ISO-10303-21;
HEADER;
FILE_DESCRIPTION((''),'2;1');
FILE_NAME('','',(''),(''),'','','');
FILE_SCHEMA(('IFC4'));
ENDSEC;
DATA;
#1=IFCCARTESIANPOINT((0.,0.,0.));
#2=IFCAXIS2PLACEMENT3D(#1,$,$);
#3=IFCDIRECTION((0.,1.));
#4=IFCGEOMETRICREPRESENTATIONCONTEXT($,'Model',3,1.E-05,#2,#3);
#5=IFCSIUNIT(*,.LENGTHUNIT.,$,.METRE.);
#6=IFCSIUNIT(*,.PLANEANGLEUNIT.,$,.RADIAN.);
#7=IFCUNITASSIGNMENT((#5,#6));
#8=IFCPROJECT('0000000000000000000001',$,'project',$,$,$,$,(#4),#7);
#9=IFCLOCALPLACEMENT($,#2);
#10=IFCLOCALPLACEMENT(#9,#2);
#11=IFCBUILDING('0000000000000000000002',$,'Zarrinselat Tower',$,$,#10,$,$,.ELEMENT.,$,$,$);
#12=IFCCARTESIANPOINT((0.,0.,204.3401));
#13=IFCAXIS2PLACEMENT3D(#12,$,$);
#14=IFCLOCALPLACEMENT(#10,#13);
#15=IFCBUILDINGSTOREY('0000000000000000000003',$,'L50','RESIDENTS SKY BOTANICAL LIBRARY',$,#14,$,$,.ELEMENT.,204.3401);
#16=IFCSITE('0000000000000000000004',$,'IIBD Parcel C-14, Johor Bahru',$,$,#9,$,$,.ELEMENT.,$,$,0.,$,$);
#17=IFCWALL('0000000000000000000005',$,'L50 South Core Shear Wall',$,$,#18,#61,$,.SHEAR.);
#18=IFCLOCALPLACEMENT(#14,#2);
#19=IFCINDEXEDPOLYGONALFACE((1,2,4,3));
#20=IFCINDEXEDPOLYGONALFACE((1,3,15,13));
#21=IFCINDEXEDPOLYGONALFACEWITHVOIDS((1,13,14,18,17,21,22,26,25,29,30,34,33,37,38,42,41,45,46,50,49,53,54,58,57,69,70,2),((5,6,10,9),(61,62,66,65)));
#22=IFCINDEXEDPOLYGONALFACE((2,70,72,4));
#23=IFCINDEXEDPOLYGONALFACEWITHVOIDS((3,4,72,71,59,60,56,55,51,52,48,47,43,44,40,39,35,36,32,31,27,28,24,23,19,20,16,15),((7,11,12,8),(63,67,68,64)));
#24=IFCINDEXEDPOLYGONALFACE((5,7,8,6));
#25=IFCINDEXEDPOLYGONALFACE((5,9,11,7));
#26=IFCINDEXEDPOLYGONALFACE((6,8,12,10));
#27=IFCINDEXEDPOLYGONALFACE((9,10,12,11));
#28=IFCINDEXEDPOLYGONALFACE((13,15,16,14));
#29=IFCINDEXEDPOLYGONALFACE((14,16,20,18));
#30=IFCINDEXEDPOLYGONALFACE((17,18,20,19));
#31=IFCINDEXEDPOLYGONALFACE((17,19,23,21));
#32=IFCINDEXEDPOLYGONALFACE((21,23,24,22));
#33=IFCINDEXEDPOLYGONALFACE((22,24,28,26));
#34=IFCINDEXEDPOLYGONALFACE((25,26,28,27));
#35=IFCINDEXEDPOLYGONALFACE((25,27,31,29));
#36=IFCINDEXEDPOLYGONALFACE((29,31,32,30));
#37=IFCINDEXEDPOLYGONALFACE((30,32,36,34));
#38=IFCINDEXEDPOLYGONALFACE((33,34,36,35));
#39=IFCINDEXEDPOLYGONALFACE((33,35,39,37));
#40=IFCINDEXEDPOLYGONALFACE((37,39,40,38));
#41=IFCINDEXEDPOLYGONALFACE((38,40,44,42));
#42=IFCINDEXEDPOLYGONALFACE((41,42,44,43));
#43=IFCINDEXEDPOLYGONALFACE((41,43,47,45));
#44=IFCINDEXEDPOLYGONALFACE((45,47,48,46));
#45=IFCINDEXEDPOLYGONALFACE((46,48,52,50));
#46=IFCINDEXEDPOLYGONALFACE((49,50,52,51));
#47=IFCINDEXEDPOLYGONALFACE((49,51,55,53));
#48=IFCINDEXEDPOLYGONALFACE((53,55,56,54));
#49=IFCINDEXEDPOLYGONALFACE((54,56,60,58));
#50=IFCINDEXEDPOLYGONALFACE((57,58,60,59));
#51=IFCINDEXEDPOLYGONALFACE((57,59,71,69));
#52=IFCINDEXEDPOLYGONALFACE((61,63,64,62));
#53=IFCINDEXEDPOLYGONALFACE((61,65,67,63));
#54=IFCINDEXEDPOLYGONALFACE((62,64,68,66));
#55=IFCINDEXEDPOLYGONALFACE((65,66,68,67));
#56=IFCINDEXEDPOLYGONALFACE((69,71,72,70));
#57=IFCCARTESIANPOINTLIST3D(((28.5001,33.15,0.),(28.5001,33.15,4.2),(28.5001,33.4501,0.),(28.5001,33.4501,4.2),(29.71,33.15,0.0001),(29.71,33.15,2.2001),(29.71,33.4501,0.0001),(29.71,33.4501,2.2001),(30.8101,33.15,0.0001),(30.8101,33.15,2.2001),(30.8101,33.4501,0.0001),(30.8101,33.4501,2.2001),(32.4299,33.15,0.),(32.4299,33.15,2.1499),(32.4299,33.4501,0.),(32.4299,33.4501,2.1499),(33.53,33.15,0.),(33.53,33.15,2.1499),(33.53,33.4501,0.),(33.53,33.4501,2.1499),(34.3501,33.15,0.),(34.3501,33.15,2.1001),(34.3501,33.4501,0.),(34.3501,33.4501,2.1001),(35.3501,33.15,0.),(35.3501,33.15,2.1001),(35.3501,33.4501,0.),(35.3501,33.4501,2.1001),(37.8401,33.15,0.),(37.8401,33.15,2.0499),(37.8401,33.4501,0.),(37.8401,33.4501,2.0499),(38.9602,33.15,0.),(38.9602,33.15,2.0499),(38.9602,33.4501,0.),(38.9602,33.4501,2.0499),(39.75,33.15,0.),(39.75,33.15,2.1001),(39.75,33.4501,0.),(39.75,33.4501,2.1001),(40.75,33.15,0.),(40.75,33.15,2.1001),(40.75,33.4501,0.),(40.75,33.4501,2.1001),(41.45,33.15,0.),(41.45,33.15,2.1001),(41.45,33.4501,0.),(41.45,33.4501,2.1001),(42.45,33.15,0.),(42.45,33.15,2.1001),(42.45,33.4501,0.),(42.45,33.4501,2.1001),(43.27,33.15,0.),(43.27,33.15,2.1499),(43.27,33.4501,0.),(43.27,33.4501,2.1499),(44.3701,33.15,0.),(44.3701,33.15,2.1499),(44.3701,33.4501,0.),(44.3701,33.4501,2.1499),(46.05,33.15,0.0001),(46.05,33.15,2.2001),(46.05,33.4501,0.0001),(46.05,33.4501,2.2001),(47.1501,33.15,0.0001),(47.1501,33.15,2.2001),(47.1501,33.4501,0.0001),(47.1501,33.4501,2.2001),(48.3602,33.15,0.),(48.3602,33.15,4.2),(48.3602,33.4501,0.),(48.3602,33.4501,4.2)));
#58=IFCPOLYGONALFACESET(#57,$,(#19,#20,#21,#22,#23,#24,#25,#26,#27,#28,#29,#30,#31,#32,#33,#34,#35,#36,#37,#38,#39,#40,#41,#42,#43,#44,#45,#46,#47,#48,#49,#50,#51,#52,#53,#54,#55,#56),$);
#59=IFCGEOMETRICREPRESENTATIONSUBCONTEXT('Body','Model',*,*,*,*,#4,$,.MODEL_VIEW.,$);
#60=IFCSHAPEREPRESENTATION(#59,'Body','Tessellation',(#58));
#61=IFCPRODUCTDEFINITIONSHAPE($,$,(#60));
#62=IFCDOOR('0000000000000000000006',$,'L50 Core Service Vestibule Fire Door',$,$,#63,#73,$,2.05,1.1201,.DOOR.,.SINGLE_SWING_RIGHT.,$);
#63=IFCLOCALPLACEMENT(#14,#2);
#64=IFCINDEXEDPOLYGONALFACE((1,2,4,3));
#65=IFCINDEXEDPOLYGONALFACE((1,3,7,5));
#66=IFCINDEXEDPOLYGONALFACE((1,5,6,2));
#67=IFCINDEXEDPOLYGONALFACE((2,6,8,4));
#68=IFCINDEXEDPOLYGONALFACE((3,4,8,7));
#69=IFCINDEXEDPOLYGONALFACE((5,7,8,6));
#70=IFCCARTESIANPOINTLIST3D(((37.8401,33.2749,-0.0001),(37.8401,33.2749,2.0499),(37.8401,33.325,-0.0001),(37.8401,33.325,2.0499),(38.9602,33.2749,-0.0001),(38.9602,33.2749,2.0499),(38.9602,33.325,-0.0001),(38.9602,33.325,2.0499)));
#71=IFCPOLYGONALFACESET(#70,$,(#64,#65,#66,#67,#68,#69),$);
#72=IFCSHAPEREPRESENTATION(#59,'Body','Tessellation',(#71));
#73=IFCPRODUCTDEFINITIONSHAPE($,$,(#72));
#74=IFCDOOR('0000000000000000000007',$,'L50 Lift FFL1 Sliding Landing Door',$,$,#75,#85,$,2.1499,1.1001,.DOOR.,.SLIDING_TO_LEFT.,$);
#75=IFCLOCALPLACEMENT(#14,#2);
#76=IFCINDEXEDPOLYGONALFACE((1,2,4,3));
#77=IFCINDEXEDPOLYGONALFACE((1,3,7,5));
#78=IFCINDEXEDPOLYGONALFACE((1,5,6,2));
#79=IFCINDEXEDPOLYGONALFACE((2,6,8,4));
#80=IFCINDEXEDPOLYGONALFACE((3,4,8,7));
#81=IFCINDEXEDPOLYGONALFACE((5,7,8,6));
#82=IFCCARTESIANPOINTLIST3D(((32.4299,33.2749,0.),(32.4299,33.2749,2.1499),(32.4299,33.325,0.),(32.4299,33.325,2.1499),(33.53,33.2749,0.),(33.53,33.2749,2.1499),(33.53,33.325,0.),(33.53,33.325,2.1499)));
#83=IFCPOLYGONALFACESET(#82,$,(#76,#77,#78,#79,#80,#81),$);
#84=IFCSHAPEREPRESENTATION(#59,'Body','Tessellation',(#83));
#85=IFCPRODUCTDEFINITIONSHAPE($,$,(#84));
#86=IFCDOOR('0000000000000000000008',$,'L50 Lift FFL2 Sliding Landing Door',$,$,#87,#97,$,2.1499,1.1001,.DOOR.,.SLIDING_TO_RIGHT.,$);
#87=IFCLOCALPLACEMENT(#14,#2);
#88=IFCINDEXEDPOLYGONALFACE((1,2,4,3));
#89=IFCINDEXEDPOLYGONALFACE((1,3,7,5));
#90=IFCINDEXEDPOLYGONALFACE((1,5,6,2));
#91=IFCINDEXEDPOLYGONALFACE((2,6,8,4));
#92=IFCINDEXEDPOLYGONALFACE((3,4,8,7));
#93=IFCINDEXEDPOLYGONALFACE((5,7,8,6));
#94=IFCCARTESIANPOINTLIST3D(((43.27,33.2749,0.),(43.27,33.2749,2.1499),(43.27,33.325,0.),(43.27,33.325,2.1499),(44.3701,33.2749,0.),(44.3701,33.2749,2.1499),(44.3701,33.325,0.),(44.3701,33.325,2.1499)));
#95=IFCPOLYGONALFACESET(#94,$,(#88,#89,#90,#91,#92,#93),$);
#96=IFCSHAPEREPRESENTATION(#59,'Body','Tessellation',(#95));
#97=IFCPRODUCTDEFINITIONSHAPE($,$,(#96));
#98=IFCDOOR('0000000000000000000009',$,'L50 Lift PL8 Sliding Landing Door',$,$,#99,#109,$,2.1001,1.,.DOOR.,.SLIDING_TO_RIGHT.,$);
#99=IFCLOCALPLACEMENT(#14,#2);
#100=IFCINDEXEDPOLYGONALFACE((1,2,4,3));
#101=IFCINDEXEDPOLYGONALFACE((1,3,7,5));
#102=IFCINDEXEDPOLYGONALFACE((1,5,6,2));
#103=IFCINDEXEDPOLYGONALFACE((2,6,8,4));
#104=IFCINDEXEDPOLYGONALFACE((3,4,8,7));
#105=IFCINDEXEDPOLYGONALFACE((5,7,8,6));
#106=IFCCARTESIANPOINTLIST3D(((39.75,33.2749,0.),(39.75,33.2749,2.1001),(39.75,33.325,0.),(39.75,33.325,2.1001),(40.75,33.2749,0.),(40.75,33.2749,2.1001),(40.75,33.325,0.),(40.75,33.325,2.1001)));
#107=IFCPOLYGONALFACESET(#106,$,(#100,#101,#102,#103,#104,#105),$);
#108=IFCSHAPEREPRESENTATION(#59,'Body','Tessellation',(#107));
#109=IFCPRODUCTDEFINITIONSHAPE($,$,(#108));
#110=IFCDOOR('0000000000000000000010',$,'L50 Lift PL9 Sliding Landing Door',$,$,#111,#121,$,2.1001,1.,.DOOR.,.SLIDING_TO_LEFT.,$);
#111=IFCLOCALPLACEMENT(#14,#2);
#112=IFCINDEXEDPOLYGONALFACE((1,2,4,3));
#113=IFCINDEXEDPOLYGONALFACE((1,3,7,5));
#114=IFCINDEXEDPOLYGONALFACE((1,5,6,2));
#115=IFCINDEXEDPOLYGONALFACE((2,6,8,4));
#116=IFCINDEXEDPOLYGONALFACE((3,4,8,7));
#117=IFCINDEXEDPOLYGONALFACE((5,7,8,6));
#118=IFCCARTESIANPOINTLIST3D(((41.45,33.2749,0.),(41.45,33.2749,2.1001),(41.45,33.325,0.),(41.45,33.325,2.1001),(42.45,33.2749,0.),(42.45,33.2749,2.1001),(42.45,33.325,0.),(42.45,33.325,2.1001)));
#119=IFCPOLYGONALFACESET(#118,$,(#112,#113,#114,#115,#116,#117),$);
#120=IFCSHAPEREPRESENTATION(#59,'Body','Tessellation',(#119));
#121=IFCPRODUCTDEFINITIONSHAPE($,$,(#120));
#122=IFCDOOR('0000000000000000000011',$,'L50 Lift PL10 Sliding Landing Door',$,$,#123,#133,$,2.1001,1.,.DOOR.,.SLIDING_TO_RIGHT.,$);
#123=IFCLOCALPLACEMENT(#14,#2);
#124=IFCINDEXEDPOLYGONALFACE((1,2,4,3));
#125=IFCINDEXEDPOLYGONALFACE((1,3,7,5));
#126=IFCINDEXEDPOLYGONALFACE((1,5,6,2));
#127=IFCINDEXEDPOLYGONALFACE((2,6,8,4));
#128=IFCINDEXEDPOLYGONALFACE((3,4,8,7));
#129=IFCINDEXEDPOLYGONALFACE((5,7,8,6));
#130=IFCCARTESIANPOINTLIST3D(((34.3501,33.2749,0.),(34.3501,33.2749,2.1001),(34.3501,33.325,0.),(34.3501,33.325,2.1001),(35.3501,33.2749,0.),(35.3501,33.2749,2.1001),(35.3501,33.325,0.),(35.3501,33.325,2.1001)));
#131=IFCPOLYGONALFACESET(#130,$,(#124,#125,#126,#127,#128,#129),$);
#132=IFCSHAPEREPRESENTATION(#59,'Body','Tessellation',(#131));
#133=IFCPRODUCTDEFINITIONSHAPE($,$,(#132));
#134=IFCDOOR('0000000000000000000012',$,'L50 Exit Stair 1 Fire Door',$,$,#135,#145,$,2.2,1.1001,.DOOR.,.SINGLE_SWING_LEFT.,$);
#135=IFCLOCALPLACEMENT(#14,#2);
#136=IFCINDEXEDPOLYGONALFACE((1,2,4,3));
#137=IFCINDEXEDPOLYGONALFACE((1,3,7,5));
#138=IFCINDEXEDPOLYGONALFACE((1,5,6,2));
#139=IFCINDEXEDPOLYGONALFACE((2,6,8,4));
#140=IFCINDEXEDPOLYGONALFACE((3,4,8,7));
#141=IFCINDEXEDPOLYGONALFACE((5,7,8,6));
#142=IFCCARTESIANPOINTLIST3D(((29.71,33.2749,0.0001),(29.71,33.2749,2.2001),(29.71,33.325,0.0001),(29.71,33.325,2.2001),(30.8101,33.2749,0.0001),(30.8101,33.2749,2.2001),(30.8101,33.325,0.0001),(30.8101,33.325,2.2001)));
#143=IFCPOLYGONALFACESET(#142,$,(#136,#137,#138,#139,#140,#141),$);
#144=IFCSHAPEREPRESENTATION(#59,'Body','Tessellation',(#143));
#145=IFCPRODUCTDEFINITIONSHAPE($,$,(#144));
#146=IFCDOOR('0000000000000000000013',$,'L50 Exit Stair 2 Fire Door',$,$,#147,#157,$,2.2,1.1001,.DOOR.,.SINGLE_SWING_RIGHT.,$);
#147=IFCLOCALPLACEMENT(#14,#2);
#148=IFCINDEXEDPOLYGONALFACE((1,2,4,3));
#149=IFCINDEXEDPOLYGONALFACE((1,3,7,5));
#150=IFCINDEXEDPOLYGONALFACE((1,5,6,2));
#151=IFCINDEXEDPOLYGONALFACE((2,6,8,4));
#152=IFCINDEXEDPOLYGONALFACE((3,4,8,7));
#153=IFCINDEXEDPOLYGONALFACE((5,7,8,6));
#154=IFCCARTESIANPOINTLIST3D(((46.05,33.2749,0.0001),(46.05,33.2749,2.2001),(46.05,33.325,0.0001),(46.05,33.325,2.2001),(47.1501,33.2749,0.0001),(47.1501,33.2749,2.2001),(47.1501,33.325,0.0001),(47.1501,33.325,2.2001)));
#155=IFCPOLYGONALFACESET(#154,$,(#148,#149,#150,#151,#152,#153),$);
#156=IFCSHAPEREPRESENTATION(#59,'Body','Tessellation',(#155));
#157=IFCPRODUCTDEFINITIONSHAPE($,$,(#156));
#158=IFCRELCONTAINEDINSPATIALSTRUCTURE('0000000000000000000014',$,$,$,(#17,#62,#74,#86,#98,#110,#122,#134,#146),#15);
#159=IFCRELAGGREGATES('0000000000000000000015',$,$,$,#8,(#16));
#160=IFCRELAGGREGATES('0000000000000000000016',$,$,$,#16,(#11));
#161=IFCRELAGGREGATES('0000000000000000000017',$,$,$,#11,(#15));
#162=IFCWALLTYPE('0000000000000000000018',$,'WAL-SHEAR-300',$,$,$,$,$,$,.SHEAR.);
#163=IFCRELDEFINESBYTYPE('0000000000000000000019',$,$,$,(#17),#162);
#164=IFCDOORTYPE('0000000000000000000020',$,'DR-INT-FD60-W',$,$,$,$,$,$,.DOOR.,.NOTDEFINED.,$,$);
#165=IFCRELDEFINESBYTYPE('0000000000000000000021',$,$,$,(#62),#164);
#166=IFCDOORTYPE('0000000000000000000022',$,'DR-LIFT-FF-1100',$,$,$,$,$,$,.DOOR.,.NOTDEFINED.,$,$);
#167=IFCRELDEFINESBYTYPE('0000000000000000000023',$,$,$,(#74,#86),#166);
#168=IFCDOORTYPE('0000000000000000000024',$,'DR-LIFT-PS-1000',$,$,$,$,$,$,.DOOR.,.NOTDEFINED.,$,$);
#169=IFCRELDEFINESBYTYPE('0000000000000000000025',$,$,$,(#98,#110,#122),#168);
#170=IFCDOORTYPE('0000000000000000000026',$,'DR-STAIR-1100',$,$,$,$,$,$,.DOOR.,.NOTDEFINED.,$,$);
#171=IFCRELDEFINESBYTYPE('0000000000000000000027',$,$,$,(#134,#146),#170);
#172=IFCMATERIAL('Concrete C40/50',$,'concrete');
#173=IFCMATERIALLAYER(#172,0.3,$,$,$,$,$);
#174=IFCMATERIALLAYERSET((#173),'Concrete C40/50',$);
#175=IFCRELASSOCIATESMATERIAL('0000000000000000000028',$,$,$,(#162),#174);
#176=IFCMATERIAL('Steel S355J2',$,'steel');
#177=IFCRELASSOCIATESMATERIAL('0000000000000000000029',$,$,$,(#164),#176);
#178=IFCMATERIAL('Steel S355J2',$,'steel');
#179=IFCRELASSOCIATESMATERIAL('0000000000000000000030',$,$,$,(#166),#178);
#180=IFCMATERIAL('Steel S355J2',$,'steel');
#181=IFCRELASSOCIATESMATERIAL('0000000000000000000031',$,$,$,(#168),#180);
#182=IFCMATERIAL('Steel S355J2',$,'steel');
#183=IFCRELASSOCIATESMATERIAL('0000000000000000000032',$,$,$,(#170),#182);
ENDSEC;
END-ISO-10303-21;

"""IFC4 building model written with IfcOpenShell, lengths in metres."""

from ifc_helpers import new_model, si_unit, direction, frame, frame_2d, origin, place, context, subcontext, project, spatial, rectangle, extrude, material, layer, layer_set, type_object, element, fill, save


model = new_model("IFC4")

# Units and contexts
model_context = context("Model", 3, precision=1e-05, world=origin(), true_north=direction((0.0, 1.0)))
body_context = subcontext(model_context, "Body", "Model", "MODEL_VIEW")
ifc_project = project(units=[si_unit("LENGTHUNIT", "METRE"), si_unit("PLANEANGLEUNIT", "RADIAN")], contexts=[model_context])

# Site, building, storey
site_placement = place(None, origin())
site = spatial("IfcSite", under=ifc_project, at=site_placement, Name="IIBD Parcel C-14, Johor Bahru", CompositionType="ELEMENT", RefElevation=0.0)
building_placement = place(site_placement, origin())
building = spatial("IfcBuilding", under=site, at=building_placement, Name="Zarrinselat Tower", CompositionType="ELEMENT")
storey_placement = place(building_placement, frame((0.0, 0.0, 204.3401)))
storey = spatial("IfcBuildingStorey", under=building, at=storey_placement, Name="L50", Description="RESIDENTS SKY BOTANICAL LIBRARY", CompositionType="ELEMENT", Elevation=204.3401)

# Wall, openings, doors
ifc_material_1 = material(Name="Concrete C40/50", Category="concrete")
ifc_layer_1 = layer(ifc_material_1, 0.3)
ifc_layer_set_1 = layer_set([ifc_layer_1], Name="Concrete C40/50")
wall_type_1 = type_object("IfcWallType", Name="WAL-SHEAR-300", PredefinedType="SHEAR", material=ifc_layer_set_1)
wall_1_placement = place(storey_placement, frame((28.5, 33.3, 0.0), z_axis=(0.0, 0.0, 1.0), x_axis=(1.0, 0.0, 0.0)))
wall_1 = element("IfcWall", 1, at=wall_1_placement, inside=storey, type_object=wall_type_1, Name="L50 South Core Shear Wall", PredefinedType="SHEAR", context=body_context, shape_type="SweptSolid", body=[
    extrude(rectangle(XDim=19.8601, YDim=0.3, at=frame_2d((9.9302, 0.0))), origin(), (0.0, 0.0, 1.0), 4.2),
])
opening_1_placement = place(wall_1_placement, frame((3.9299, 0.0, 0.0)))
opening_1 = element("IfcOpeningElement", 2, at=opening_1_placement, cuts=wall_1, PredefinedType="OPENING", context=body_context, shape_type="SweptSolid", body=[
    extrude(rectangle(XDim=1.1001, YDim=2.1499, at=frame_2d((0.55, 1.075))), frame((0.0, 0.1599, 0.0), z_axis=(0.0, -1.0, 0.0), x_axis=(1.0, 0.0, 0.0)), (0.0, 0.0, 1.0), 0.3201),
])
opening_2_placement = place(wall_1_placement, frame((14.77, 0.0, 0.0)))
opening_2 = element("IfcOpeningElement", 3, at=opening_2_placement, cuts=wall_1, PredefinedType="OPENING", context=body_context, shape_type="SweptSolid", body=[
    extrude(rectangle(XDim=1.1001, YDim=2.1499, at=frame_2d((0.55, 1.075))), frame((0.0, 0.1599, 0.0), z_axis=(0.0, -1.0, 0.0), x_axis=(1.0, 0.0, 0.0)), (0.0, 0.0, 1.0), 0.3201),
])
opening_3_placement = place(wall_1_placement, frame((11.25, 0.0, 0.0)))
opening_3 = element("IfcOpeningElement", 4, at=opening_3_placement, cuts=wall_1, PredefinedType="OPENING", context=body_context, shape_type="SweptSolid", body=[
    extrude(rectangle(XDim=1.0, YDim=2.1001, at=frame_2d((0.5, 1.05))), frame((0.0, 0.1599, 0.0), z_axis=(0.0, -1.0, 0.0), x_axis=(1.0, 0.0, 0.0)), (0.0, 0.0, 1.0), 0.3201),
])
opening_4_placement = place(wall_1_placement, frame((12.95, 0.0, 0.0)))
opening_4 = element("IfcOpeningElement", 5, at=opening_4_placement, cuts=wall_1, PredefinedType="OPENING", context=body_context, shape_type="SweptSolid", body=[
    extrude(rectangle(XDim=1.0, YDim=2.1001, at=frame_2d((0.5, 1.05))), frame((0.0, 0.1599, 0.0), z_axis=(0.0, -1.0, 0.0), x_axis=(1.0, 0.0, 0.0)), (0.0, 0.0, 1.0), 0.3201),
])
opening_5_placement = place(wall_1_placement, frame((5.8501, 0.0, 0.0)))
opening_5 = element("IfcOpeningElement", 6, at=opening_5_placement, cuts=wall_1, PredefinedType="OPENING", context=body_context, shape_type="SweptSolid", body=[
    extrude(rectangle(XDim=1.0, YDim=2.1001, at=frame_2d((0.5, 1.05))), frame((0.0, 0.1599, 0.0), z_axis=(0.0, -1.0, 0.0), x_axis=(1.0, 0.0, 0.0)), (0.0, 0.0, 1.0), 0.3201),
])
opening_6_placement = place(wall_1_placement, frame((1.21, 0.0, 0.0)))
opening_6 = element("IfcOpeningElement", 7, at=opening_6_placement, cuts=wall_1, PredefinedType="OPENING", context=body_context, shape_type="SweptSolid", body=[
    extrude(rectangle(XDim=1.1001, YDim=2.2, at=frame_2d((0.55, 1.1001))), frame((0.0, 0.1599, 0.0), z_axis=(0.0, -1.0, 0.0), x_axis=(1.0, 0.0, 0.0)), (0.0, 0.0, 1.0), 0.3201),
])
opening_7_placement = place(wall_1_placement, frame((9.3401, 0.0, 0.0)))
opening_7 = element("IfcOpeningElement", 8, at=opening_7_placement, cuts=wall_1, PredefinedType="OPENING", context=body_context, shape_type="SweptSolid", body=[
    extrude(rectangle(XDim=1.1201, YDim=2.05, at=frame_2d((0.5601, 1.0249))), frame((0.0, 0.1599, 0.0), z_axis=(0.0, -1.0, 0.0), x_axis=(1.0, 0.0, 0.0)), (0.0, 0.0, 1.0), 0.3201),
])
opening_8_placement = place(wall_1_placement, frame((17.55, 0.0, 0.0)))
opening_8 = element("IfcOpeningElement", 9, at=opening_8_placement, cuts=wall_1, PredefinedType="OPENING", context=body_context, shape_type="SweptSolid", body=[
    extrude(rectangle(XDim=1.1001, YDim=2.2, at=frame_2d((0.55, 1.1001))), frame((0.0, 0.1599, 0.0), z_axis=(0.0, -1.0, 0.0), x_axis=(1.0, 0.0, 0.0)), (0.0, 0.0, 1.0), 0.3201),
])
ifc_material_2 = material(Name="Steel S355J2", Category="steel")
door_type_1 = type_object("IfcDoorType", Name="DR-INT-FD60-W", OperationType="NOTDEFINED", PredefinedType="DOOR", material=ifc_material_2)
door_1_placement = place(opening_7_placement, origin())
door_1 = element("IfcDoor", 10, at=door_1_placement, inside=storey, type_object=door_type_1, Name="L50 Core Service Vestibule Fire Door", OperationType="SINGLE_SWING_RIGHT", OverallHeight=2.05, OverallWidth=1.1201, PredefinedType="DOOR", context=body_context, shape_type="SweptSolid", body=[
    extrude(rectangle(XDim=1.1201, YDim=2.05, at=frame_2d((0.5601, 1.0249))), frame((0.0, 0.0249, 0.0), z_axis=(0.0, -1.0, 0.0), x_axis=(1.0, 0.0, 0.0)), (0.0, 0.0, 1.0), 0.05),
])
fill(opening_7, door_1)
ifc_material_3 = material(Name="Steel S355J2", Category="steel")
door_type_2 = type_object("IfcDoorType", Name="DR-LIFT-FF-1100", OperationType="NOTDEFINED", PredefinedType="DOOR", material=ifc_material_3)
door_2_placement = place(opening_1_placement, origin())
door_2 = element("IfcDoor", 11, at=door_2_placement, inside=storey, type_object=door_type_2, Name="L50 Lift FFL1 Sliding Landing Door", OperationType="SLIDING_TO_LEFT", OverallHeight=2.1499, OverallWidth=1.1001, PredefinedType="DOOR", context=body_context, shape_type="SweptSolid", body=[
    extrude(rectangle(XDim=1.1001, YDim=2.1499, at=frame_2d((0.55, 1.075))), frame((0.0, 0.0249, 0.0), z_axis=(0.0, -1.0, 0.0), x_axis=(1.0, 0.0, 0.0)), (0.0, 0.0, 1.0), 0.05),
])
fill(opening_1, door_2)
door_3_placement = place(opening_2_placement, origin())
door_3 = element("IfcDoor", 12, at=door_3_placement, inside=storey, type_object=door_type_2, Name="L50 Lift FFL2 Sliding Landing Door", OperationType="SLIDING_TO_RIGHT", OverallHeight=2.1499, OverallWidth=1.1001, PredefinedType="DOOR", context=body_context, shape_type="SweptSolid", body=[
    extrude(rectangle(XDim=1.1001, YDim=2.1499, at=frame_2d((0.55, 1.075))), frame((0.0, 0.0249, 0.0), z_axis=(0.0, -1.0, 0.0), x_axis=(1.0, 0.0, 0.0)), (0.0, 0.0, 1.0), 0.05),
])
fill(opening_2, door_3)
ifc_material_4 = material(Name="Steel S355J2", Category="steel")
door_type_3 = type_object("IfcDoorType", Name="DR-LIFT-PS-1000", OperationType="NOTDEFINED", PredefinedType="DOOR", material=ifc_material_4)
door_4_placement = place(opening_3_placement, origin())
door_4 = element("IfcDoor", 13, at=door_4_placement, inside=storey, type_object=door_type_3, Name="L50 Lift PL8 Sliding Landing Door", OperationType="SLIDING_TO_RIGHT", OverallHeight=2.1001, OverallWidth=1.0, PredefinedType="DOOR", context=body_context, shape_type="SweptSolid", body=[
    extrude(rectangle(XDim=1.0, YDim=2.1001, at=frame_2d((0.5, 1.05))), frame((0.0, 0.0249, 0.0), z_axis=(0.0, -1.0, 0.0), x_axis=(1.0, 0.0, 0.0)), (0.0, 0.0, 1.0), 0.05),
])
fill(opening_3, door_4)
door_5_placement = place(opening_4_placement, origin())
door_5 = element("IfcDoor", 14, at=door_5_placement, inside=storey, type_object=door_type_3, Name="L50 Lift PL9 Sliding Landing Door", OperationType="SLIDING_TO_LEFT", OverallHeight=2.1001, OverallWidth=1.0, PredefinedType="DOOR", context=body_context, shape_type="SweptSolid", body=[
    extrude(rectangle(XDim=1.0, YDim=2.1001, at=frame_2d((0.5, 1.05))), frame((0.0, 0.0249, 0.0), z_axis=(0.0, -1.0, 0.0), x_axis=(1.0, 0.0, 0.0)), (0.0, 0.0, 1.0), 0.05),
])
fill(opening_4, door_5)
door_6_placement = place(opening_5_placement, origin())
door_6 = element("IfcDoor", 15, at=door_6_placement, inside=storey, type_object=door_type_3, Name="L50 Lift PL10 Sliding Landing Door", OperationType="SLIDING_TO_RIGHT", OverallHeight=2.1001, OverallWidth=1.0, PredefinedType="DOOR", context=body_context, shape_type="SweptSolid", body=[
    extrude(rectangle(XDim=1.0, YDim=2.1001, at=frame_2d((0.5, 1.05))), frame((0.0, 0.0249, 0.0), z_axis=(0.0, -1.0, 0.0), x_axis=(1.0, 0.0, 0.0)), (0.0, 0.0, 1.0), 0.05),
])
fill(opening_5, door_6)
ifc_material_5 = material(Name="Steel S355J2", Category="steel")
door_type_4 = type_object("IfcDoorType", Name="DR-STAIR-1100", OperationType="NOTDEFINED", PredefinedType="DOOR", material=ifc_material_5)
door_7_placement = place(opening_6_placement, origin())
door_7 = element("IfcDoor", 16, at=door_7_placement, inside=storey, type_object=door_type_4, Name="L50 Exit Stair 1 Fire Door", OperationType="SINGLE_SWING_LEFT", OverallHeight=2.2, OverallWidth=1.1001, PredefinedType="DOOR", context=body_context, shape_type="SweptSolid", body=[
    extrude(rectangle(XDim=1.1001, YDim=2.2, at=frame_2d((0.55, 1.1001))), frame((0.0, 0.0249, 0.0), z_axis=(0.0, -1.0, 0.0), x_axis=(1.0, 0.0, 0.0)), (0.0, 0.0, 1.0), 0.05),
])
fill(opening_6, door_7)
door_8_placement = place(opening_8_placement, origin())
door_8 = element("IfcDoor", 17, at=door_8_placement, inside=storey, type_object=door_type_4, Name="L50 Exit Stair 2 Fire Door", OperationType="SINGLE_SWING_RIGHT", OverallHeight=2.2, OverallWidth=1.1001, PredefinedType="DOOR", context=body_context, shape_type="SweptSolid", body=[
    extrude(rectangle(XDim=1.1001, YDim=2.2, at=frame_2d((0.55, 1.1001))), frame((0.0, 0.0249, 0.0), z_axis=(0.0, -1.0, 0.0), x_axis=(1.0, 0.0, 0.0)), (0.0, 0.0, 1.0), 0.05),
])
fill(opening_8, door_8)

save(model, "model.ifc")
